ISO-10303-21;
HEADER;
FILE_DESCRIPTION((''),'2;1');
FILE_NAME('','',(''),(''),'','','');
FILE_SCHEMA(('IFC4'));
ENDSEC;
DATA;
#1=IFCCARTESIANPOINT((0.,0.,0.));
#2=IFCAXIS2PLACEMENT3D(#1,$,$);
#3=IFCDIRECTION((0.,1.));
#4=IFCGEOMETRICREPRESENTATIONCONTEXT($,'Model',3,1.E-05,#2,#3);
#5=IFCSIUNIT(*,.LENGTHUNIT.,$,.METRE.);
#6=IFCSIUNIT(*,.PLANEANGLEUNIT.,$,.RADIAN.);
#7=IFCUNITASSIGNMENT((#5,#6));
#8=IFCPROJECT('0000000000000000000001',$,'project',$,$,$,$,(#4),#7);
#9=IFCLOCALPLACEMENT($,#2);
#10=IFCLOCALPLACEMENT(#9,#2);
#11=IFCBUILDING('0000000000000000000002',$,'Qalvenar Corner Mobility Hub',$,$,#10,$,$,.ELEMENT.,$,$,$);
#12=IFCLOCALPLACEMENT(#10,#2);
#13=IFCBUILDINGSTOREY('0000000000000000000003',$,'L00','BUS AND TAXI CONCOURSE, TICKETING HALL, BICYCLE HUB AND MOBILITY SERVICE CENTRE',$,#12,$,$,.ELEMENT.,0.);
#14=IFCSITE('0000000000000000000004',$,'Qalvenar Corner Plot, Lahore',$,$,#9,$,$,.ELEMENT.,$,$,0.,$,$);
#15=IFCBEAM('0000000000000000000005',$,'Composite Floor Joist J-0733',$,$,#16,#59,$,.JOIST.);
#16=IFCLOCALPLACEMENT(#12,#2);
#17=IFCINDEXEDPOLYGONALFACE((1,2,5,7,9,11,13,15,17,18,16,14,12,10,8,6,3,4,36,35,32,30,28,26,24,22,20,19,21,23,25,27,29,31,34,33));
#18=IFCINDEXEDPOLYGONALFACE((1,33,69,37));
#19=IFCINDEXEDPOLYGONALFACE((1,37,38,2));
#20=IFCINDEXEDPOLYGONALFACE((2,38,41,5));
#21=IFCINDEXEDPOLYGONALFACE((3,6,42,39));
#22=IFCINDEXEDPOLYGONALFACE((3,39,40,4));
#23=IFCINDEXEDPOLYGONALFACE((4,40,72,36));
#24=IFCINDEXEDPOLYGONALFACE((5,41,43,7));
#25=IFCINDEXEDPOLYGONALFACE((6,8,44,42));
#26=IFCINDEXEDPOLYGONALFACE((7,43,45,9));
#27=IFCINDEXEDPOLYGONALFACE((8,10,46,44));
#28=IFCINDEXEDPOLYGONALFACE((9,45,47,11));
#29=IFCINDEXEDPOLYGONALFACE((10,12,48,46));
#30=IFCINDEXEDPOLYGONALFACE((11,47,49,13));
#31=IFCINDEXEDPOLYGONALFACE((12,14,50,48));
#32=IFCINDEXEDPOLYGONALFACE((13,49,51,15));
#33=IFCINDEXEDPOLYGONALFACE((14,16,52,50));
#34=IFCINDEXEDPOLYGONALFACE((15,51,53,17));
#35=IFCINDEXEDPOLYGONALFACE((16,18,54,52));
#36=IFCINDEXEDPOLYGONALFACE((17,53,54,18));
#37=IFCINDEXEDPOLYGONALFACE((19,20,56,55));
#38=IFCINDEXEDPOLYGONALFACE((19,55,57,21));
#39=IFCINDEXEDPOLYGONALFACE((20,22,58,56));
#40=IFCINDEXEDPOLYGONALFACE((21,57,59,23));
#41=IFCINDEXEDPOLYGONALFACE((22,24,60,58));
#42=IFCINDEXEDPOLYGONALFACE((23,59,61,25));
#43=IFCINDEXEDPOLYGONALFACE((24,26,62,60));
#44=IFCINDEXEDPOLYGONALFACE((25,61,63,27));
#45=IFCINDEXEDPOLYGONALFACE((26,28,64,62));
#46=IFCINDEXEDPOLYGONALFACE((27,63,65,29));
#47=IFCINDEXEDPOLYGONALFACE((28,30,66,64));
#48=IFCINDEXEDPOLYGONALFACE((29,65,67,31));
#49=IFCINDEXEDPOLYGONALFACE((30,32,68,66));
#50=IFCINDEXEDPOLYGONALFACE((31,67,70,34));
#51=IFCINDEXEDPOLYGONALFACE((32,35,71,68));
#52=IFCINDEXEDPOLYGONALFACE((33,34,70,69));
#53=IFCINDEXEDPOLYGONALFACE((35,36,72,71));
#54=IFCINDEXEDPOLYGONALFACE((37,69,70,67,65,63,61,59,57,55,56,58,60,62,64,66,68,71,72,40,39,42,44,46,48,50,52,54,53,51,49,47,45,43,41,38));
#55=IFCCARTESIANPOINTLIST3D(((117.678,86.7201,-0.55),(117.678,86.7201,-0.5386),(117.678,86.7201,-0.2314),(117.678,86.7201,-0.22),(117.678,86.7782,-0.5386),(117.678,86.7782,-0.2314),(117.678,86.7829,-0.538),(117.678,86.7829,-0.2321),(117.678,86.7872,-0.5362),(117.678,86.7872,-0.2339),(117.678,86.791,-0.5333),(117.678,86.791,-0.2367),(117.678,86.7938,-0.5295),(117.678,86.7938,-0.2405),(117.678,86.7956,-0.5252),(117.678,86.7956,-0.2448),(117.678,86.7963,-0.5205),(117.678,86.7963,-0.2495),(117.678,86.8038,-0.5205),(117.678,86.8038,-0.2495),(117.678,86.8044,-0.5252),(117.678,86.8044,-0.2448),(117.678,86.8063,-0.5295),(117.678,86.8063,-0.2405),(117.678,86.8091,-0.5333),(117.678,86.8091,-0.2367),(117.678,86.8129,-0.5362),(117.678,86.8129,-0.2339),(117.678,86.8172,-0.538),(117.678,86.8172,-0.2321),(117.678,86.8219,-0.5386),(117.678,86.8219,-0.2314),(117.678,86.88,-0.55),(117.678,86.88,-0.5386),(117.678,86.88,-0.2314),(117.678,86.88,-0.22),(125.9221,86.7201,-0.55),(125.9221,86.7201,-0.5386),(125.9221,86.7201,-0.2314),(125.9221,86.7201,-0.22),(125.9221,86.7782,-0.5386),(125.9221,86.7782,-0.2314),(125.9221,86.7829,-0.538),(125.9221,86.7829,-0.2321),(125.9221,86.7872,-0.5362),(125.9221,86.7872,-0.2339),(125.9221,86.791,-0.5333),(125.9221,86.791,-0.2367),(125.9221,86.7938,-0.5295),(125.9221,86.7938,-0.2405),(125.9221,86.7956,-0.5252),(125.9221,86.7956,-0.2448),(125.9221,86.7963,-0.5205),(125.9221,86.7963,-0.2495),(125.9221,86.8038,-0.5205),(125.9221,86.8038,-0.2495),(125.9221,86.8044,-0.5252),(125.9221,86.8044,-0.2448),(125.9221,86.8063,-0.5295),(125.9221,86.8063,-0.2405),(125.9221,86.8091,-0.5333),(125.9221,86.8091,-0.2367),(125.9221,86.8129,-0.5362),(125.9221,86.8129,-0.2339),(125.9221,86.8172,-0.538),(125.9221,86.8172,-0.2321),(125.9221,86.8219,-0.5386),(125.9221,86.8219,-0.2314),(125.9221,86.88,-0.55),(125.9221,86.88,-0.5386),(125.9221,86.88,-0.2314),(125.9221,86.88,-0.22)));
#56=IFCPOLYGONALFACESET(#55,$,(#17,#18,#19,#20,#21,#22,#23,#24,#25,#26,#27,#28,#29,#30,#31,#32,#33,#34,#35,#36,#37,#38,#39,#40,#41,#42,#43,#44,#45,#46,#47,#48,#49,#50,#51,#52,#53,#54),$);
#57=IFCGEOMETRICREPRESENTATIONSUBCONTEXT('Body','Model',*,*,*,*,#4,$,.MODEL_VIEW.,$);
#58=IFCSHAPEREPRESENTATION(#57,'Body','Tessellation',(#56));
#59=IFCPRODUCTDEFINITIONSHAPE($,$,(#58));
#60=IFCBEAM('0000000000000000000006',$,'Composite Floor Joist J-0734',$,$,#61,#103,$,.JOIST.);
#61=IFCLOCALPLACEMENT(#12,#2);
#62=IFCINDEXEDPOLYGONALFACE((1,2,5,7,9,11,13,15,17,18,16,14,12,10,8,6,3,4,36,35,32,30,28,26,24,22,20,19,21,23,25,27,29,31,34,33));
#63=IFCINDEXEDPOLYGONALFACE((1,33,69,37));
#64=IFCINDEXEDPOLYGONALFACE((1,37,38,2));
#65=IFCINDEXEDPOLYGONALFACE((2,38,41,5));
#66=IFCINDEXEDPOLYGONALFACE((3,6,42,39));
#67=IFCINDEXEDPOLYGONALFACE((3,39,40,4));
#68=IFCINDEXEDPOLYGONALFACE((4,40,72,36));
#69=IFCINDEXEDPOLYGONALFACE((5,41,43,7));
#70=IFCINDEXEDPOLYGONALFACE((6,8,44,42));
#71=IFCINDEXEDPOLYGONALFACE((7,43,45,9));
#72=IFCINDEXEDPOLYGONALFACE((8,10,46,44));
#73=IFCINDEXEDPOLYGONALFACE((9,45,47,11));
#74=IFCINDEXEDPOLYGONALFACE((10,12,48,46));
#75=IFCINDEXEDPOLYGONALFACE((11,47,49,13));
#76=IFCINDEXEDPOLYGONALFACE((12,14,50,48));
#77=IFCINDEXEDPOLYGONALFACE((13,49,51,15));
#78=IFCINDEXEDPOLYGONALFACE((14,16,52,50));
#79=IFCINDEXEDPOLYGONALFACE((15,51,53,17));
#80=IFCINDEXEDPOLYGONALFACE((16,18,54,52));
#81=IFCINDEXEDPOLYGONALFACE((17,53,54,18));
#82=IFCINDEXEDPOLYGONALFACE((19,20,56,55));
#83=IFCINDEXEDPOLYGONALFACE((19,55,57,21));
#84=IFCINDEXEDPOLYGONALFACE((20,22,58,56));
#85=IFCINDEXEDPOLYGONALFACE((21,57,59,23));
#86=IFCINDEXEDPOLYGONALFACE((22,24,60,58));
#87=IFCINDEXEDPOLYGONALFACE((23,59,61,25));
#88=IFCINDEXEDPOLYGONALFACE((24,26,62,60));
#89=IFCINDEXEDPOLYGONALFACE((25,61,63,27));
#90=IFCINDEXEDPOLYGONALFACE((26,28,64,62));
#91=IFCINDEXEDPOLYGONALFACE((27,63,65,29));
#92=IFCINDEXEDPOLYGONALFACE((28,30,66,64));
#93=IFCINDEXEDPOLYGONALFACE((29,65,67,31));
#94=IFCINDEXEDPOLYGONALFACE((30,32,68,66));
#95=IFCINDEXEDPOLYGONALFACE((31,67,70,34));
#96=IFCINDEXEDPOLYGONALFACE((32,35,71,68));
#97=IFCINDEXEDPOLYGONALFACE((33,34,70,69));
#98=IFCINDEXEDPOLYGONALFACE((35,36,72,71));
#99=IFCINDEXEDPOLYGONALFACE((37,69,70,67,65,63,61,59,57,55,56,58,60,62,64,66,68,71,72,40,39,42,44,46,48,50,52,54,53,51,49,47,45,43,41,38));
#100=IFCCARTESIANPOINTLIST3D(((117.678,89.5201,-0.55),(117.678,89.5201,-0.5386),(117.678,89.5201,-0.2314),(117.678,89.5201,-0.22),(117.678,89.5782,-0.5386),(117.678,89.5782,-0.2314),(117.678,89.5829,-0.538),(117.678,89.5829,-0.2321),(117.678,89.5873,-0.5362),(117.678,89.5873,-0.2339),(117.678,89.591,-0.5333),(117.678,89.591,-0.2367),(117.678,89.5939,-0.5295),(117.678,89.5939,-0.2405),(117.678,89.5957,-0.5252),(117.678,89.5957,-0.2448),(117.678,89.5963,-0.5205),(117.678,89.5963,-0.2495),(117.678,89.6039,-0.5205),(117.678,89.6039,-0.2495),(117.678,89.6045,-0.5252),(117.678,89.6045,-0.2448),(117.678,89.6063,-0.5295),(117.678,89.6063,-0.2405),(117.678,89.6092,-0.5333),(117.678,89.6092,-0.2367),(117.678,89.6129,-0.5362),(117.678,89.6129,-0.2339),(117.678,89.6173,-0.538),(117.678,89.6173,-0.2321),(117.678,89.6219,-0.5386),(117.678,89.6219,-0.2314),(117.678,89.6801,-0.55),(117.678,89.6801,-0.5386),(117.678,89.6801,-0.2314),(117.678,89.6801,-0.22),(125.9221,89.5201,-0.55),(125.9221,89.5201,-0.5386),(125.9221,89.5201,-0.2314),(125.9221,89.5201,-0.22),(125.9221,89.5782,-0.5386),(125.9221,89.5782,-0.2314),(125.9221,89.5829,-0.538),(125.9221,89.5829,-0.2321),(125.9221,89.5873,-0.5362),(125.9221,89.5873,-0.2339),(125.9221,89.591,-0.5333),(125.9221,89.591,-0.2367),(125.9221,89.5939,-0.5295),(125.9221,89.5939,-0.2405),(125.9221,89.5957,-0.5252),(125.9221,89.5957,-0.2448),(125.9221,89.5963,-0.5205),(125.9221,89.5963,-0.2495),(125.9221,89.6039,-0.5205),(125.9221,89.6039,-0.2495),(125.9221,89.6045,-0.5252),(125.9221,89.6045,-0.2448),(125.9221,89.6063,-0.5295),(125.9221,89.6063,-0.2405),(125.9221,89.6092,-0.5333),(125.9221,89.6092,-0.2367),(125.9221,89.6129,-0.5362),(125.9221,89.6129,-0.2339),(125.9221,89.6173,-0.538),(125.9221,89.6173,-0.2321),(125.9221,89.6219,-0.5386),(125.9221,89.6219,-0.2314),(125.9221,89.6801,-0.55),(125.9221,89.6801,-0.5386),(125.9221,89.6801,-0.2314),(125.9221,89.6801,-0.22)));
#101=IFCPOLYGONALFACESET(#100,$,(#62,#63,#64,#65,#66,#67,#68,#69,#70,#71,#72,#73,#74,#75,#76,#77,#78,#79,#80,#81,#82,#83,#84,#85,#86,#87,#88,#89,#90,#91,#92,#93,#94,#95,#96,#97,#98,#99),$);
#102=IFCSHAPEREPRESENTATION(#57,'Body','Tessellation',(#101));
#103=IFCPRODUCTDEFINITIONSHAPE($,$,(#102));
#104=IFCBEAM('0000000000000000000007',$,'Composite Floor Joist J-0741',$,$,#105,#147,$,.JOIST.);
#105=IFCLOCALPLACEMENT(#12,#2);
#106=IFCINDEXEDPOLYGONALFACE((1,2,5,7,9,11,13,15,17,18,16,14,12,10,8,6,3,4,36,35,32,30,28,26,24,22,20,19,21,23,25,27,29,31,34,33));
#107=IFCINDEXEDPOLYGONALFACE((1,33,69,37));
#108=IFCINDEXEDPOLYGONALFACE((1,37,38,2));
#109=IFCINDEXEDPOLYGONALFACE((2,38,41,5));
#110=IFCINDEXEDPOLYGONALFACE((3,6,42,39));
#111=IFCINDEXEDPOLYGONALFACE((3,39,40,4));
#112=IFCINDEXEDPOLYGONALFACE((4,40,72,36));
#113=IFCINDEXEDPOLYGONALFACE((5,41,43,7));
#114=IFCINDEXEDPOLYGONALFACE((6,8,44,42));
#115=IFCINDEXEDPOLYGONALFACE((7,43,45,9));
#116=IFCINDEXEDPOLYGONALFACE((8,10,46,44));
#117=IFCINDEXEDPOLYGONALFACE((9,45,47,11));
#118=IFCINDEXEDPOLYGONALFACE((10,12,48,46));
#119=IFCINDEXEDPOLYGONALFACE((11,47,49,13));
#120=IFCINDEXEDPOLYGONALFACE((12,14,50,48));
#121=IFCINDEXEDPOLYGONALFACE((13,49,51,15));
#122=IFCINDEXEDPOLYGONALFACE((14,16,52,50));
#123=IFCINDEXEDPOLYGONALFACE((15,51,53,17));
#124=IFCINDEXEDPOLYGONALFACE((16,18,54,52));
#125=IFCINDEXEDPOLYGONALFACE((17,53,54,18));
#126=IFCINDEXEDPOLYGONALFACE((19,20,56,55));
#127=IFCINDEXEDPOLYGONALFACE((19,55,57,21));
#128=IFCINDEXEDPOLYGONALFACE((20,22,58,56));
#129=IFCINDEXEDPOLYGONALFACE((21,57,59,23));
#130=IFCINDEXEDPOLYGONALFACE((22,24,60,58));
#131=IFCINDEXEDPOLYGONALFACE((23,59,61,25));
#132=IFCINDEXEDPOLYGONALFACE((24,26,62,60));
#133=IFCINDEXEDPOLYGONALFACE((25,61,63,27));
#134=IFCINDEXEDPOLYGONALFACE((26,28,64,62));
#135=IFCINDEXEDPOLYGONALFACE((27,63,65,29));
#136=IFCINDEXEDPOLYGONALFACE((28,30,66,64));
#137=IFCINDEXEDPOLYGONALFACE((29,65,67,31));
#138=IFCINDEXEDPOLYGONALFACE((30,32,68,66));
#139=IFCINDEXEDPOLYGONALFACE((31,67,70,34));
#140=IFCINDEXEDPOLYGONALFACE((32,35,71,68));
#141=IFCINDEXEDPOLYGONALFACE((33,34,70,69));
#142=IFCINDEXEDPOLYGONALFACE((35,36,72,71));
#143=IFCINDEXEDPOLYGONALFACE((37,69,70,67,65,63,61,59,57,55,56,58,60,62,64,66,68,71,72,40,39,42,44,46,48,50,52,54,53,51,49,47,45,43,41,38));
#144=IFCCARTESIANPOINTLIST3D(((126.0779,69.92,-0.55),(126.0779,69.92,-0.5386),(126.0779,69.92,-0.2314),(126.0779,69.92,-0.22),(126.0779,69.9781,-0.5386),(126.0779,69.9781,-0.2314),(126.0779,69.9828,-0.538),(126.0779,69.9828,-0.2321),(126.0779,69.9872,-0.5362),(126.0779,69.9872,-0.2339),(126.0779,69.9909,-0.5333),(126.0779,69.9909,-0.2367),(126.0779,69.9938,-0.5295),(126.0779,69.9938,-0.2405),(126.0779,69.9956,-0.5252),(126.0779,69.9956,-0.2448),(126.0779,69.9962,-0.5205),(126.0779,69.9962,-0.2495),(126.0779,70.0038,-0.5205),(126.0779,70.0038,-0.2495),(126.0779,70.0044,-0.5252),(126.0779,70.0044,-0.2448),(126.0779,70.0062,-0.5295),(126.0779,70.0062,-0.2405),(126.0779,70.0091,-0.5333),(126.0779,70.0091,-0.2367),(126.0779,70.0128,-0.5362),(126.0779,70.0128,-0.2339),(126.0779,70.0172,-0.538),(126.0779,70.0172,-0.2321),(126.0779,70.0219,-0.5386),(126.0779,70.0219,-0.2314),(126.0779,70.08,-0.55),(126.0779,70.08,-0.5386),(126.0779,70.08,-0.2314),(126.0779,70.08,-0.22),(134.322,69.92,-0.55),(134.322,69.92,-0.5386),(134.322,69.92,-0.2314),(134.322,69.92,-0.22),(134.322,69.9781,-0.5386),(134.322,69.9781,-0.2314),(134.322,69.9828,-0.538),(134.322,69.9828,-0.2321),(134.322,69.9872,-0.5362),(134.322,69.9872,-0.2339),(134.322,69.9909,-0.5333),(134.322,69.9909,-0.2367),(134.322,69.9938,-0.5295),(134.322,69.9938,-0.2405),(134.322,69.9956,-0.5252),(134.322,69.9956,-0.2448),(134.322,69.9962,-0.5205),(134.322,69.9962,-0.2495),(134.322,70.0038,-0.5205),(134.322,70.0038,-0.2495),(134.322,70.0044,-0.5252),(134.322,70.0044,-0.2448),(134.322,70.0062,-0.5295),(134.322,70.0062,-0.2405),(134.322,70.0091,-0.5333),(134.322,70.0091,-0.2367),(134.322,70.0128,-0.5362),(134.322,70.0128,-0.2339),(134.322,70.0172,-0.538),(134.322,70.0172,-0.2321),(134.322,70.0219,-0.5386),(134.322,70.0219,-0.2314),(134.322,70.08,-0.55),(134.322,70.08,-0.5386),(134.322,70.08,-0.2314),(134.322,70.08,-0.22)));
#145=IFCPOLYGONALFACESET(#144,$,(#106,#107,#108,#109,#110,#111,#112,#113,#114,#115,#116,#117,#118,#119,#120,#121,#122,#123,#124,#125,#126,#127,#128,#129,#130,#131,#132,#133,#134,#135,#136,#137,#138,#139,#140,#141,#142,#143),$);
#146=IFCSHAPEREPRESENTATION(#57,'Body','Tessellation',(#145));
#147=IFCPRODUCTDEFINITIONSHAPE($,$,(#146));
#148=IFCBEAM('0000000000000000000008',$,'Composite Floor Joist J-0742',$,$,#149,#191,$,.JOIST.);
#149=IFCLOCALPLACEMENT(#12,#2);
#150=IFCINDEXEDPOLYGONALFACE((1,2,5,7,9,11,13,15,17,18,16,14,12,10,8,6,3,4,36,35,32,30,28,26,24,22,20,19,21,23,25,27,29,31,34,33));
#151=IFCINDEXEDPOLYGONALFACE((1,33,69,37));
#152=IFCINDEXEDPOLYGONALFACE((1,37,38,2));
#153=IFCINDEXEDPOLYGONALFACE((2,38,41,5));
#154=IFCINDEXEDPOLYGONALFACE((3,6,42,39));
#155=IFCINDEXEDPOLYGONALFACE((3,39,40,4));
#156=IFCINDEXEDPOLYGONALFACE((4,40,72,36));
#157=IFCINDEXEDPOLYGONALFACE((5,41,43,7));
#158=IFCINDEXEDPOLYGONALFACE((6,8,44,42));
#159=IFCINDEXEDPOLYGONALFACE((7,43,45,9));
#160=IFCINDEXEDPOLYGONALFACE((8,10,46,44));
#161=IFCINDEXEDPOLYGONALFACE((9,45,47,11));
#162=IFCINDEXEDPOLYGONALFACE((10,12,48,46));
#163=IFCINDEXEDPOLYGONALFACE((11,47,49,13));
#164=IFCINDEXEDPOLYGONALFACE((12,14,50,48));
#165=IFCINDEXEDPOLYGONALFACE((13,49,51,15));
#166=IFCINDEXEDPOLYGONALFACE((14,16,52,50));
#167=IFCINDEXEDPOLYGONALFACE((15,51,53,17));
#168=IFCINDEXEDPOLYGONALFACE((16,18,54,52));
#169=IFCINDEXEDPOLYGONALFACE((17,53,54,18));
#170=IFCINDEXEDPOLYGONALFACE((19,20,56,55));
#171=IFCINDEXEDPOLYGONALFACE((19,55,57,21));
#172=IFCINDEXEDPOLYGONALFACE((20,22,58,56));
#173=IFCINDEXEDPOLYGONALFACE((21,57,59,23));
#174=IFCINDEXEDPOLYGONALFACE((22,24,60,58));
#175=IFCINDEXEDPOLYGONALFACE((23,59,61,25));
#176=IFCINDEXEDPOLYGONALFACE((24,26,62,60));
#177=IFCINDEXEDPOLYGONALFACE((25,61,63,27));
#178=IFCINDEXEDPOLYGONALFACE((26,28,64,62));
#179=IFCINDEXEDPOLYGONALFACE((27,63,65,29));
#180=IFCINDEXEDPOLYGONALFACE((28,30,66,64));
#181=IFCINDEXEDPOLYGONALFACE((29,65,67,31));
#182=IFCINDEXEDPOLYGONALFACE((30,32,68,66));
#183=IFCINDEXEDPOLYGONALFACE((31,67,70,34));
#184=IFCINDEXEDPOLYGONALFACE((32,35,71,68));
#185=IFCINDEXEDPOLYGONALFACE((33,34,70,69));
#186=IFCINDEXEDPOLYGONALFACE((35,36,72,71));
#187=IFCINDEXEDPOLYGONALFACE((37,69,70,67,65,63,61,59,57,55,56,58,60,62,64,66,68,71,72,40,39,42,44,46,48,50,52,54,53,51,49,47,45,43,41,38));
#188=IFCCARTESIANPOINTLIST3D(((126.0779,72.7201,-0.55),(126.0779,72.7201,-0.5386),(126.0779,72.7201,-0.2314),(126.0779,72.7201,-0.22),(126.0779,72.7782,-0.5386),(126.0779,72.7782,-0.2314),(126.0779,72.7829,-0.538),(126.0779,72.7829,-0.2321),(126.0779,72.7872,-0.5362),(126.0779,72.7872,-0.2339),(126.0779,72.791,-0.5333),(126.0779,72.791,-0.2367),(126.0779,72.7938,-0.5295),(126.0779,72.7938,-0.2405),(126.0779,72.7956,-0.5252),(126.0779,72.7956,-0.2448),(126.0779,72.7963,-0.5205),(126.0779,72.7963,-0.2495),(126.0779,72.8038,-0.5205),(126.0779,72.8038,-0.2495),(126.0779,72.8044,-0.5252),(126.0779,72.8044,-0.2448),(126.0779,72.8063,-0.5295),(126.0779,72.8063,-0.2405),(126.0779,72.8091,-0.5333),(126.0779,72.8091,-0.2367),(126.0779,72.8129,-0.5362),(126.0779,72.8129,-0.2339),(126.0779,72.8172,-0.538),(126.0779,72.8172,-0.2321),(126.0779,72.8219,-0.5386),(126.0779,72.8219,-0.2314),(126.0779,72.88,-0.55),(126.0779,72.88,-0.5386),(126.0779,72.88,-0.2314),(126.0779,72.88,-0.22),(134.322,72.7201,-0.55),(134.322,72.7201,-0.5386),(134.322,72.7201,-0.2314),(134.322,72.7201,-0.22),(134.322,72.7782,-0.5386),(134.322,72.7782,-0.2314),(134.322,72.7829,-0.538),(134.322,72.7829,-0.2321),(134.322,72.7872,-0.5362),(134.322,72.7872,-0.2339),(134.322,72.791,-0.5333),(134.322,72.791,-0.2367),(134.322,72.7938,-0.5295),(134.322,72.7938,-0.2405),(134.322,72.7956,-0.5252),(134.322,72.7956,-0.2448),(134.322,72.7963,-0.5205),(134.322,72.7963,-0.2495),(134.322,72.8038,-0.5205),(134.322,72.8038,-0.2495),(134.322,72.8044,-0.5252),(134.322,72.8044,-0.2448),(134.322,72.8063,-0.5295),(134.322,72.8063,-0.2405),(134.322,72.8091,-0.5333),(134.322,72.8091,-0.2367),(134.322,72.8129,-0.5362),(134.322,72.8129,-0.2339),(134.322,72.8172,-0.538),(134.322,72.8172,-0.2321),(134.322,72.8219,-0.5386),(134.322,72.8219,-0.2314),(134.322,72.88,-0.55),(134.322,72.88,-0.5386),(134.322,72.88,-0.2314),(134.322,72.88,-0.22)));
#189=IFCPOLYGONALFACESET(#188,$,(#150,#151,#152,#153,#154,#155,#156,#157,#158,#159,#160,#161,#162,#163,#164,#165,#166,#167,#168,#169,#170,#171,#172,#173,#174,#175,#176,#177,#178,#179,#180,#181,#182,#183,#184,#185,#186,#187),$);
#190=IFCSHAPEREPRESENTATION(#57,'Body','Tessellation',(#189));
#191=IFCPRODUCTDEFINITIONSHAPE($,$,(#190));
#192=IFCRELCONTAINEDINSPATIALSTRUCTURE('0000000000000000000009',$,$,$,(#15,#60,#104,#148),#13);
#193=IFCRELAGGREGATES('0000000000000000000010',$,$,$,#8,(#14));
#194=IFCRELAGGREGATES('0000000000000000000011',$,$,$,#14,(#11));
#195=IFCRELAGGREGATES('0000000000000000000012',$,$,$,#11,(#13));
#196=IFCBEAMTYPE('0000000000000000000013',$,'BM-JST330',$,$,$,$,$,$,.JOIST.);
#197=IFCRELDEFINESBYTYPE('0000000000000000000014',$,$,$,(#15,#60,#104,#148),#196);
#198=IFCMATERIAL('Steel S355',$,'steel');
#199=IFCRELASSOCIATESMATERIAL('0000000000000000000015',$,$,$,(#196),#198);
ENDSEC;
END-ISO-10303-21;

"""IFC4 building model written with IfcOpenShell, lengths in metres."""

from ifc_helpers import new_model, si_unit, direction, frame, origin, origin_2d, place, context, subcontext, project, spatial, i_section, extrude, material, material_profile, profile_set, type_object, element, save


model = new_model("IFC4")

# Units and contexts
model_context = context("Model", 3, precision=1e-05, world=origin(), true_north=direction((0.0, 1.0)))
body_context = subcontext(model_context, "Body", "Model", "MODEL_VIEW")
ifc_project = project(units=[si_unit("LENGTHUNIT", "METRE"), si_unit("PLANEANGLEUNIT", "RADIAN")], contexts=[model_context])

# Site, building, storey
site_placement = place(None, origin())
site = spatial("IfcSite", under=ifc_project, at=site_placement, Name="Qalvenar Corner Plot, Lahore", CompositionType="ELEMENT", RefElevation=0.0)
building_placement = place(site_placement, origin())
building = spatial("IfcBuilding", under=site, at=building_placement, Name="Qalvenar Corner Mobility Hub", CompositionType="ELEMENT")
storey_placement = place(building_placement, origin())
storey = spatial("IfcBuildingStorey", under=building, at=storey_placement, Name="L00", Description="BUS AND TAXI CONCOURSE, TICKETING HALL, BICYCLE HUB AND MOBILITY SERVICE CENTRE", CompositionType="ELEMENT", Elevation=0.0)

# Shared definitions
ifc_material_1 = material(Name="Steel S355", Category="steel")

# Beams
ifc_material_profile_1 = material_profile(ifc_material_1, i_section(OverallWidth=0.1599, OverallDepth=0.3301, WebThickness=0.0076, FlangeThickness=0.0115, FilletRadius=0.0181, at=origin_2d()), Name="IPE330")
ifc_profile_set_1 = profile_set([ifc_material_profile_1], Name="Steel S355")
beam_type_1 = type_object("IfcBeamType", Name="BM-JST330", PredefinedType="JOIST", material=ifc_profile_set_1)
for number, where, z_axis, x_axis, name in (
    (1, (117.678, 86.8, -0.385), (1.0, 0.0, 0.0), (0.0, 1.0, 0.0), "Composite Floor Joist J-0733"),
    (2, (117.678, 89.6001, -0.385), (1.0, 0.0, 0.0), (0.0, 1.0, 0.0), "Composite Floor Joist J-0734"),
    (3, (126.0779, 70.0, -0.385), (1.0, 0.0, 0.0), (0.0, 1.0, 0.0), "Composite Floor Joist J-0741"),
    (4, (126.0779, 72.8, -0.385), (1.0, 0.0, 0.0), (0.0, 1.0, 0.0), "Composite Floor Joist J-0742"),
):
    element("IfcBeam", number, at=place(storey_placement, frame(where, z_axis=z_axis, x_axis=x_axis)), inside=storey, type_object=beam_type_1, Name=name, PredefinedType="JOIST", context=body_context, shape_type="SweptSolid", body=[
        extrude(i_section(OverallWidth=0.1599, OverallDepth=0.3301, WebThickness=0.0076, FlangeThickness=0.0115, FilletRadius=0.0181, at=origin_2d()), origin(), (0.0, 0.0, 1.0), 8.2441),
    ])

save(model, "model.ifc")
